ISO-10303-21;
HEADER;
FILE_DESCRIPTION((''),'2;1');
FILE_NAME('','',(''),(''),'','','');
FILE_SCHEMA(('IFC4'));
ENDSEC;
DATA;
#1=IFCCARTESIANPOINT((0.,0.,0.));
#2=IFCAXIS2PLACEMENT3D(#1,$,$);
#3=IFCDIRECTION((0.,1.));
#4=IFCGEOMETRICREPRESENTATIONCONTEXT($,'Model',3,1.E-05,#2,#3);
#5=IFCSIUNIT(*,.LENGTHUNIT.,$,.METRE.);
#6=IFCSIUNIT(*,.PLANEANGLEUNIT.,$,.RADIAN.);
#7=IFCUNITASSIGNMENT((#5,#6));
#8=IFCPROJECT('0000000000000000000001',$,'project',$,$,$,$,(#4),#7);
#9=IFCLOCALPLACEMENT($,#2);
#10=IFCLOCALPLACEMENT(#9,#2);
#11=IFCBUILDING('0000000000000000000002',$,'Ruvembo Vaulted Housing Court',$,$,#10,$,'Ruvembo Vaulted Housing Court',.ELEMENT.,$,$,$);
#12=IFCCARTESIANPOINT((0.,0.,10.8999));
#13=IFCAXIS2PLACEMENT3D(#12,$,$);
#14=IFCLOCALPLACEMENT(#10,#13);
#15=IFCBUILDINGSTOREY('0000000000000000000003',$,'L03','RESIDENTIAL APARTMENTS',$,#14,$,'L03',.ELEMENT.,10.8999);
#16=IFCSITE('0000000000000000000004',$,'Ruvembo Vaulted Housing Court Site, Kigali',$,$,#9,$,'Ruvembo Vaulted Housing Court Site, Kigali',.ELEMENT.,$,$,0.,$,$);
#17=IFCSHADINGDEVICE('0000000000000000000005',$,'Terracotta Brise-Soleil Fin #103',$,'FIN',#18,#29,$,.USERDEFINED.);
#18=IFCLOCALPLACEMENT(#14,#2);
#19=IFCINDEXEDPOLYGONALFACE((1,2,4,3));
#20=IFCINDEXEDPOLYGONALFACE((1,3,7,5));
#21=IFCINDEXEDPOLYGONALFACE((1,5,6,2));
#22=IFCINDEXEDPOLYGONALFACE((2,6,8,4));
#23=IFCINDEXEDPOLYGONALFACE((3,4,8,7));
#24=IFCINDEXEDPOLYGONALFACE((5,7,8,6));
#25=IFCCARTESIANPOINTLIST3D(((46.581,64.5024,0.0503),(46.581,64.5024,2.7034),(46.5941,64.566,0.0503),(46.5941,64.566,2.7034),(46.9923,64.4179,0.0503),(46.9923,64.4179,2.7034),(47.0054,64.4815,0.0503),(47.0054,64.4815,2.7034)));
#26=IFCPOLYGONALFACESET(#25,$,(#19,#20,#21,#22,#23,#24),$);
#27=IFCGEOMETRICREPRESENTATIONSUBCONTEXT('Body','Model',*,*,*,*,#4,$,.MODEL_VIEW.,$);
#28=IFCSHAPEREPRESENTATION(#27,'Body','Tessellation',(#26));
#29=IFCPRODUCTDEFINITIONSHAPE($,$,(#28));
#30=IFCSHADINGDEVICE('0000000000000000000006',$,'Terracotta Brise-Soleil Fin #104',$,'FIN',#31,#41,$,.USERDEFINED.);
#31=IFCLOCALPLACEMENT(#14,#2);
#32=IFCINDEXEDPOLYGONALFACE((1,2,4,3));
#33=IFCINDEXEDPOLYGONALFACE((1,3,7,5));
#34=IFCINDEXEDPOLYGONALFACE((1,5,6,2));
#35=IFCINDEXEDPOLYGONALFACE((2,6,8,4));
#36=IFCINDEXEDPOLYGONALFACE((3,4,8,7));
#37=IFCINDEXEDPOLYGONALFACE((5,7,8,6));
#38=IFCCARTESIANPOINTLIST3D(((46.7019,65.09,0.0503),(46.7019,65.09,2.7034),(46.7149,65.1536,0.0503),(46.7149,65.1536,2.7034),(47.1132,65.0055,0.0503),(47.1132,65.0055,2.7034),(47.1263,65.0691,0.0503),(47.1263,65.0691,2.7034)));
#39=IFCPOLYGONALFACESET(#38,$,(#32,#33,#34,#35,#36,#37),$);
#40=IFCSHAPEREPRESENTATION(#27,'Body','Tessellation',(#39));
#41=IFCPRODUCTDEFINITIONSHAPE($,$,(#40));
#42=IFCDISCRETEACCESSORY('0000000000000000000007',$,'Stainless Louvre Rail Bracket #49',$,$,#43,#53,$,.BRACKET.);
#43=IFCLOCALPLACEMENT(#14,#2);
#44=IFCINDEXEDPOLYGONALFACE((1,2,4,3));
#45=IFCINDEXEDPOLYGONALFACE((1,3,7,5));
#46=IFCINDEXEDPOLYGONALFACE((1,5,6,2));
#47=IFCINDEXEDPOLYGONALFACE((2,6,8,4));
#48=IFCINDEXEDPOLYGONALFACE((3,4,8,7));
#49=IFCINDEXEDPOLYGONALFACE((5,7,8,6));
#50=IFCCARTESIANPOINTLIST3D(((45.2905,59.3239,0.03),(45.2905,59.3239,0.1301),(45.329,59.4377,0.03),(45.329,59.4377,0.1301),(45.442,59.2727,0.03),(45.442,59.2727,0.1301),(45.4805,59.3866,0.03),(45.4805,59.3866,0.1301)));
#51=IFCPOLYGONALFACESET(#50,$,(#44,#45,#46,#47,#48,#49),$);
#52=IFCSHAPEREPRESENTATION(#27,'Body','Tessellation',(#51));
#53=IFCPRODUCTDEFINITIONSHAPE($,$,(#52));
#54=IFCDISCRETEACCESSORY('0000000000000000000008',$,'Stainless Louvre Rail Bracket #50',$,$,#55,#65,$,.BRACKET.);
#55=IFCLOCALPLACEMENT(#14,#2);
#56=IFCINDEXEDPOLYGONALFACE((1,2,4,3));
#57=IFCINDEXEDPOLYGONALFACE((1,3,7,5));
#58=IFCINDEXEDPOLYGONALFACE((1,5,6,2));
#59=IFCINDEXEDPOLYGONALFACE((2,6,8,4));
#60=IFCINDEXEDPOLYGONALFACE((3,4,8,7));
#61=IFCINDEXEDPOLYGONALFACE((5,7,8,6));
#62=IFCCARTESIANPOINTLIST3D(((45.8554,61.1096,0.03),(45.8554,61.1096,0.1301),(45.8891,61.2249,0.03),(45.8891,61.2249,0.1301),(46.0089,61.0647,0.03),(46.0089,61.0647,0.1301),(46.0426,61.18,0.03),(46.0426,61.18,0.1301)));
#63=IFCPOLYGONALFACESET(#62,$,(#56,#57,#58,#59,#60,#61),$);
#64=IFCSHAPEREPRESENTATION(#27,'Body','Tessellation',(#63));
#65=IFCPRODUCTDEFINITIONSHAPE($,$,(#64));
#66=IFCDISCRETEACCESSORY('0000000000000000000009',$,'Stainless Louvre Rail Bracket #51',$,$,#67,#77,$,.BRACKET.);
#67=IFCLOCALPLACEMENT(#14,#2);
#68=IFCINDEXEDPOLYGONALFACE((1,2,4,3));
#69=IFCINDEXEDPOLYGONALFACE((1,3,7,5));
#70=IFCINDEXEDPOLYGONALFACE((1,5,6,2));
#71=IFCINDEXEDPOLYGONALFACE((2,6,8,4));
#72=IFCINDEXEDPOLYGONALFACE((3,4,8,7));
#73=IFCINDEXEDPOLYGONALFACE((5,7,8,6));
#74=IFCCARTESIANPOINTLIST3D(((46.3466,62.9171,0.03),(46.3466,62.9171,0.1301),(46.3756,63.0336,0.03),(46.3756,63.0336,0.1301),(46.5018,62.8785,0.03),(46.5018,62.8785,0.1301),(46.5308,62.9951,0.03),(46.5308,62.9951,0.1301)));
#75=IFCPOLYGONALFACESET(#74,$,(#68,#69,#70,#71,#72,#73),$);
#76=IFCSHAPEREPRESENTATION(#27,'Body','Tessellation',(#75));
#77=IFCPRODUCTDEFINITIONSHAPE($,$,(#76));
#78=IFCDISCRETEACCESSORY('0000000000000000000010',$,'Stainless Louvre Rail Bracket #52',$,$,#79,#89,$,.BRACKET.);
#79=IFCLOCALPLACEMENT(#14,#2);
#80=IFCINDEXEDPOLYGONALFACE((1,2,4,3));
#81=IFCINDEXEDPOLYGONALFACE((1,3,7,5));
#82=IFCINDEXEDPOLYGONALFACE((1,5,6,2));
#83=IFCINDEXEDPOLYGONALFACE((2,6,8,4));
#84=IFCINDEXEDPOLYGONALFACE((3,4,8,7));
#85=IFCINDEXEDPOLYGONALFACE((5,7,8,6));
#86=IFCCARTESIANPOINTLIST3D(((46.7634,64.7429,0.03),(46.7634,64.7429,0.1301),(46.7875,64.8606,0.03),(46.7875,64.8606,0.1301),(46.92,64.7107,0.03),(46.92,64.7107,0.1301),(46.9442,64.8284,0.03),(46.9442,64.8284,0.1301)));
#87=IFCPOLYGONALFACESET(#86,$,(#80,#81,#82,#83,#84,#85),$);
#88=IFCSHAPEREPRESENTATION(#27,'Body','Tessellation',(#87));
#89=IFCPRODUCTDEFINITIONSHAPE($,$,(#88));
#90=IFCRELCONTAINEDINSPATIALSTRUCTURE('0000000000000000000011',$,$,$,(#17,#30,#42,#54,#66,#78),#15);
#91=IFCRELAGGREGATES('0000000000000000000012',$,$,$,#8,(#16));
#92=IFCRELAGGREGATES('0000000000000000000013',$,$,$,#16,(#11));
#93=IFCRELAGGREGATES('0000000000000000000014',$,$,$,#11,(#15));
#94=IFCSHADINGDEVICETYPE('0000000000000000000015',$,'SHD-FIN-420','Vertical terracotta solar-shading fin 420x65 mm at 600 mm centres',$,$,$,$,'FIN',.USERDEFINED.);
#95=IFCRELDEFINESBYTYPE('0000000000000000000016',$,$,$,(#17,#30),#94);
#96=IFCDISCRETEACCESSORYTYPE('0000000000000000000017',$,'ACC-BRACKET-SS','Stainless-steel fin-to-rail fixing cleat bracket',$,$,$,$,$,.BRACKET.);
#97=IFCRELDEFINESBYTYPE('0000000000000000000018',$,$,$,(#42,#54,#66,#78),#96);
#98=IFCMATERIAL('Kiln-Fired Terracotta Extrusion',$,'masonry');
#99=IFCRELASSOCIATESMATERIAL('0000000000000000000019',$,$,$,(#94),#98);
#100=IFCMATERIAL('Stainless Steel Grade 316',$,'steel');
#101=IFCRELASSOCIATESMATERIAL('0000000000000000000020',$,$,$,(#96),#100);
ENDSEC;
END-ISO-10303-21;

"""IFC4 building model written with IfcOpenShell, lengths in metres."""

from ifc_helpers import new_model, si_unit, direction, frame, origin, origin_2d, place, context, subcontext, project, spatial, rectangle, extrude, material, type_object, element, save


model = new_model("IFC4")

# Units and contexts
model_context = context("Model", 3, precision=1e-05, world=origin(), true_north=direction((0.0, 1.0)))
body_context = subcontext(model_context, "Body", "Model", "MODEL_VIEW")
ifc_project = project(units=[si_unit("LENGTHUNIT", "METRE"), si_unit("PLANEANGLEUNIT", "RADIAN")], contexts=[model_context])

# Site, building, storey
site_placement = place(None, origin())
site = spatial("IfcSite", under=ifc_project, at=site_placement, Name="Ruvembo Vaulted Housing Court Site, Kigali", LongName="Ruvembo Vaulted Housing Court Site, Kigali", CompositionType="ELEMENT", RefElevation=0.0)
building_placement = place(site_placement, origin())
building = spatial("IfcBuilding", under=site, at=building_placement, Name="Ruvembo Vaulted Housing Court", LongName="Ruvembo Vaulted Housing Court", CompositionType="ELEMENT")
storey_placement = place(building_placement, frame((0.0, 0.0, 10.8999)))
storey = spatial("IfcBuildingStorey", under=building, at=storey_placement, Name="L03", Description="RESIDENTIAL APARTMENTS", LongName="L03", CompositionType="ELEMENT", Elevation=10.8999)

# Shading devices
ifc_material_1 = material(Name="Kiln-Fired Terracotta Extrusion", Category="masonry")
shading_device_type = type_object("IfcShadingDeviceType", Name="SHD-FIN-420", Description="Vertical terracotta solar-shading fin 420x65 mm at 600 mm centres", ElementType="FIN", PredefinedType="USERDEFINED", material=ifc_material_1)
for number, where, z_axis, x_axis, name in (
    (1, (46.7932, 64.4919, 0.0503), (0.0, 0.0, 1.0), (0.979547, -0.201215, 0.0), "Terracotta Brise-Soleil Fin #103"),
    (2, (46.9141, 65.0796, 0.0503), (0.0, 0.0, 1.0), (0.979547, -0.201215, 0.0), "Terracotta Brise-Soleil Fin #104"),
):
    element("IfcShadingDevice", number, at=place(storey_placement, frame(where, z_axis=z_axis, x_axis=x_axis)), inside=storey, type_object=shading_device_type, Name=name, ObjectType="FIN", PredefinedType="USERDEFINED", context=body_context, shape_type="SweptSolid", body=[
        extrude(rectangle(XDim=0.4199, YDim=0.0649, at=origin_2d()), origin(), (0.0, 0.0, 1.0), 2.6531),
    ])

# Discrete accessories
ifc_material_2 = material(Name="Stainless Steel Grade 316", Category="steel")
discrete_accessory_type = type_object("IfcDiscreteAccessoryType", Name="ACC-BRACKET-SS", Description="Stainless-steel fin-to-rail fixing cleat bracket", PredefinedType="BRACKET", material=ifc_material_2)
for number, where, z_axis, x_axis, name in (
    (3, (45.3855, 59.3552, 0.03), (0.0, 0.0, 1.0), (0.947473, -0.319836, 0.0), "Stainless Louvre Rail Bracket #49"),
    (4, (45.949, 61.1448, 0.03), (0.0, 0.0, 1.0), (0.959791, -0.280717, 0.0), "Stainless Louvre Rail Bracket #50"),
    (5, (46.4387, 62.9561, 0.03), (0.0, 0.0, 1.0), (0.970481, -0.241177, 0.0), "Stainless Louvre Rail Bracket #51"),
    (6, (46.8538, 64.7856, 0.03), (0.0, 0.0, 1.0), (0.979547, -0.201215, 0.0), "Stainless Louvre Rail Bracket #52"),
):
    element("IfcDiscreteAccessory", number, at=place(storey_placement, frame(where, z_axis=z_axis, x_axis=x_axis)), inside=storey, type_object=discrete_accessory_type, Name=name, PredefinedType="BRACKET", context=body_context, shape_type="SweptSolid", body=[
        extrude(rectangle(XDim=0.1599, YDim=0.1201, at=origin_2d()), origin(), (0.0, 0.0, 1.0), 0.1001),
    ])

save(model, "model.ifc")
